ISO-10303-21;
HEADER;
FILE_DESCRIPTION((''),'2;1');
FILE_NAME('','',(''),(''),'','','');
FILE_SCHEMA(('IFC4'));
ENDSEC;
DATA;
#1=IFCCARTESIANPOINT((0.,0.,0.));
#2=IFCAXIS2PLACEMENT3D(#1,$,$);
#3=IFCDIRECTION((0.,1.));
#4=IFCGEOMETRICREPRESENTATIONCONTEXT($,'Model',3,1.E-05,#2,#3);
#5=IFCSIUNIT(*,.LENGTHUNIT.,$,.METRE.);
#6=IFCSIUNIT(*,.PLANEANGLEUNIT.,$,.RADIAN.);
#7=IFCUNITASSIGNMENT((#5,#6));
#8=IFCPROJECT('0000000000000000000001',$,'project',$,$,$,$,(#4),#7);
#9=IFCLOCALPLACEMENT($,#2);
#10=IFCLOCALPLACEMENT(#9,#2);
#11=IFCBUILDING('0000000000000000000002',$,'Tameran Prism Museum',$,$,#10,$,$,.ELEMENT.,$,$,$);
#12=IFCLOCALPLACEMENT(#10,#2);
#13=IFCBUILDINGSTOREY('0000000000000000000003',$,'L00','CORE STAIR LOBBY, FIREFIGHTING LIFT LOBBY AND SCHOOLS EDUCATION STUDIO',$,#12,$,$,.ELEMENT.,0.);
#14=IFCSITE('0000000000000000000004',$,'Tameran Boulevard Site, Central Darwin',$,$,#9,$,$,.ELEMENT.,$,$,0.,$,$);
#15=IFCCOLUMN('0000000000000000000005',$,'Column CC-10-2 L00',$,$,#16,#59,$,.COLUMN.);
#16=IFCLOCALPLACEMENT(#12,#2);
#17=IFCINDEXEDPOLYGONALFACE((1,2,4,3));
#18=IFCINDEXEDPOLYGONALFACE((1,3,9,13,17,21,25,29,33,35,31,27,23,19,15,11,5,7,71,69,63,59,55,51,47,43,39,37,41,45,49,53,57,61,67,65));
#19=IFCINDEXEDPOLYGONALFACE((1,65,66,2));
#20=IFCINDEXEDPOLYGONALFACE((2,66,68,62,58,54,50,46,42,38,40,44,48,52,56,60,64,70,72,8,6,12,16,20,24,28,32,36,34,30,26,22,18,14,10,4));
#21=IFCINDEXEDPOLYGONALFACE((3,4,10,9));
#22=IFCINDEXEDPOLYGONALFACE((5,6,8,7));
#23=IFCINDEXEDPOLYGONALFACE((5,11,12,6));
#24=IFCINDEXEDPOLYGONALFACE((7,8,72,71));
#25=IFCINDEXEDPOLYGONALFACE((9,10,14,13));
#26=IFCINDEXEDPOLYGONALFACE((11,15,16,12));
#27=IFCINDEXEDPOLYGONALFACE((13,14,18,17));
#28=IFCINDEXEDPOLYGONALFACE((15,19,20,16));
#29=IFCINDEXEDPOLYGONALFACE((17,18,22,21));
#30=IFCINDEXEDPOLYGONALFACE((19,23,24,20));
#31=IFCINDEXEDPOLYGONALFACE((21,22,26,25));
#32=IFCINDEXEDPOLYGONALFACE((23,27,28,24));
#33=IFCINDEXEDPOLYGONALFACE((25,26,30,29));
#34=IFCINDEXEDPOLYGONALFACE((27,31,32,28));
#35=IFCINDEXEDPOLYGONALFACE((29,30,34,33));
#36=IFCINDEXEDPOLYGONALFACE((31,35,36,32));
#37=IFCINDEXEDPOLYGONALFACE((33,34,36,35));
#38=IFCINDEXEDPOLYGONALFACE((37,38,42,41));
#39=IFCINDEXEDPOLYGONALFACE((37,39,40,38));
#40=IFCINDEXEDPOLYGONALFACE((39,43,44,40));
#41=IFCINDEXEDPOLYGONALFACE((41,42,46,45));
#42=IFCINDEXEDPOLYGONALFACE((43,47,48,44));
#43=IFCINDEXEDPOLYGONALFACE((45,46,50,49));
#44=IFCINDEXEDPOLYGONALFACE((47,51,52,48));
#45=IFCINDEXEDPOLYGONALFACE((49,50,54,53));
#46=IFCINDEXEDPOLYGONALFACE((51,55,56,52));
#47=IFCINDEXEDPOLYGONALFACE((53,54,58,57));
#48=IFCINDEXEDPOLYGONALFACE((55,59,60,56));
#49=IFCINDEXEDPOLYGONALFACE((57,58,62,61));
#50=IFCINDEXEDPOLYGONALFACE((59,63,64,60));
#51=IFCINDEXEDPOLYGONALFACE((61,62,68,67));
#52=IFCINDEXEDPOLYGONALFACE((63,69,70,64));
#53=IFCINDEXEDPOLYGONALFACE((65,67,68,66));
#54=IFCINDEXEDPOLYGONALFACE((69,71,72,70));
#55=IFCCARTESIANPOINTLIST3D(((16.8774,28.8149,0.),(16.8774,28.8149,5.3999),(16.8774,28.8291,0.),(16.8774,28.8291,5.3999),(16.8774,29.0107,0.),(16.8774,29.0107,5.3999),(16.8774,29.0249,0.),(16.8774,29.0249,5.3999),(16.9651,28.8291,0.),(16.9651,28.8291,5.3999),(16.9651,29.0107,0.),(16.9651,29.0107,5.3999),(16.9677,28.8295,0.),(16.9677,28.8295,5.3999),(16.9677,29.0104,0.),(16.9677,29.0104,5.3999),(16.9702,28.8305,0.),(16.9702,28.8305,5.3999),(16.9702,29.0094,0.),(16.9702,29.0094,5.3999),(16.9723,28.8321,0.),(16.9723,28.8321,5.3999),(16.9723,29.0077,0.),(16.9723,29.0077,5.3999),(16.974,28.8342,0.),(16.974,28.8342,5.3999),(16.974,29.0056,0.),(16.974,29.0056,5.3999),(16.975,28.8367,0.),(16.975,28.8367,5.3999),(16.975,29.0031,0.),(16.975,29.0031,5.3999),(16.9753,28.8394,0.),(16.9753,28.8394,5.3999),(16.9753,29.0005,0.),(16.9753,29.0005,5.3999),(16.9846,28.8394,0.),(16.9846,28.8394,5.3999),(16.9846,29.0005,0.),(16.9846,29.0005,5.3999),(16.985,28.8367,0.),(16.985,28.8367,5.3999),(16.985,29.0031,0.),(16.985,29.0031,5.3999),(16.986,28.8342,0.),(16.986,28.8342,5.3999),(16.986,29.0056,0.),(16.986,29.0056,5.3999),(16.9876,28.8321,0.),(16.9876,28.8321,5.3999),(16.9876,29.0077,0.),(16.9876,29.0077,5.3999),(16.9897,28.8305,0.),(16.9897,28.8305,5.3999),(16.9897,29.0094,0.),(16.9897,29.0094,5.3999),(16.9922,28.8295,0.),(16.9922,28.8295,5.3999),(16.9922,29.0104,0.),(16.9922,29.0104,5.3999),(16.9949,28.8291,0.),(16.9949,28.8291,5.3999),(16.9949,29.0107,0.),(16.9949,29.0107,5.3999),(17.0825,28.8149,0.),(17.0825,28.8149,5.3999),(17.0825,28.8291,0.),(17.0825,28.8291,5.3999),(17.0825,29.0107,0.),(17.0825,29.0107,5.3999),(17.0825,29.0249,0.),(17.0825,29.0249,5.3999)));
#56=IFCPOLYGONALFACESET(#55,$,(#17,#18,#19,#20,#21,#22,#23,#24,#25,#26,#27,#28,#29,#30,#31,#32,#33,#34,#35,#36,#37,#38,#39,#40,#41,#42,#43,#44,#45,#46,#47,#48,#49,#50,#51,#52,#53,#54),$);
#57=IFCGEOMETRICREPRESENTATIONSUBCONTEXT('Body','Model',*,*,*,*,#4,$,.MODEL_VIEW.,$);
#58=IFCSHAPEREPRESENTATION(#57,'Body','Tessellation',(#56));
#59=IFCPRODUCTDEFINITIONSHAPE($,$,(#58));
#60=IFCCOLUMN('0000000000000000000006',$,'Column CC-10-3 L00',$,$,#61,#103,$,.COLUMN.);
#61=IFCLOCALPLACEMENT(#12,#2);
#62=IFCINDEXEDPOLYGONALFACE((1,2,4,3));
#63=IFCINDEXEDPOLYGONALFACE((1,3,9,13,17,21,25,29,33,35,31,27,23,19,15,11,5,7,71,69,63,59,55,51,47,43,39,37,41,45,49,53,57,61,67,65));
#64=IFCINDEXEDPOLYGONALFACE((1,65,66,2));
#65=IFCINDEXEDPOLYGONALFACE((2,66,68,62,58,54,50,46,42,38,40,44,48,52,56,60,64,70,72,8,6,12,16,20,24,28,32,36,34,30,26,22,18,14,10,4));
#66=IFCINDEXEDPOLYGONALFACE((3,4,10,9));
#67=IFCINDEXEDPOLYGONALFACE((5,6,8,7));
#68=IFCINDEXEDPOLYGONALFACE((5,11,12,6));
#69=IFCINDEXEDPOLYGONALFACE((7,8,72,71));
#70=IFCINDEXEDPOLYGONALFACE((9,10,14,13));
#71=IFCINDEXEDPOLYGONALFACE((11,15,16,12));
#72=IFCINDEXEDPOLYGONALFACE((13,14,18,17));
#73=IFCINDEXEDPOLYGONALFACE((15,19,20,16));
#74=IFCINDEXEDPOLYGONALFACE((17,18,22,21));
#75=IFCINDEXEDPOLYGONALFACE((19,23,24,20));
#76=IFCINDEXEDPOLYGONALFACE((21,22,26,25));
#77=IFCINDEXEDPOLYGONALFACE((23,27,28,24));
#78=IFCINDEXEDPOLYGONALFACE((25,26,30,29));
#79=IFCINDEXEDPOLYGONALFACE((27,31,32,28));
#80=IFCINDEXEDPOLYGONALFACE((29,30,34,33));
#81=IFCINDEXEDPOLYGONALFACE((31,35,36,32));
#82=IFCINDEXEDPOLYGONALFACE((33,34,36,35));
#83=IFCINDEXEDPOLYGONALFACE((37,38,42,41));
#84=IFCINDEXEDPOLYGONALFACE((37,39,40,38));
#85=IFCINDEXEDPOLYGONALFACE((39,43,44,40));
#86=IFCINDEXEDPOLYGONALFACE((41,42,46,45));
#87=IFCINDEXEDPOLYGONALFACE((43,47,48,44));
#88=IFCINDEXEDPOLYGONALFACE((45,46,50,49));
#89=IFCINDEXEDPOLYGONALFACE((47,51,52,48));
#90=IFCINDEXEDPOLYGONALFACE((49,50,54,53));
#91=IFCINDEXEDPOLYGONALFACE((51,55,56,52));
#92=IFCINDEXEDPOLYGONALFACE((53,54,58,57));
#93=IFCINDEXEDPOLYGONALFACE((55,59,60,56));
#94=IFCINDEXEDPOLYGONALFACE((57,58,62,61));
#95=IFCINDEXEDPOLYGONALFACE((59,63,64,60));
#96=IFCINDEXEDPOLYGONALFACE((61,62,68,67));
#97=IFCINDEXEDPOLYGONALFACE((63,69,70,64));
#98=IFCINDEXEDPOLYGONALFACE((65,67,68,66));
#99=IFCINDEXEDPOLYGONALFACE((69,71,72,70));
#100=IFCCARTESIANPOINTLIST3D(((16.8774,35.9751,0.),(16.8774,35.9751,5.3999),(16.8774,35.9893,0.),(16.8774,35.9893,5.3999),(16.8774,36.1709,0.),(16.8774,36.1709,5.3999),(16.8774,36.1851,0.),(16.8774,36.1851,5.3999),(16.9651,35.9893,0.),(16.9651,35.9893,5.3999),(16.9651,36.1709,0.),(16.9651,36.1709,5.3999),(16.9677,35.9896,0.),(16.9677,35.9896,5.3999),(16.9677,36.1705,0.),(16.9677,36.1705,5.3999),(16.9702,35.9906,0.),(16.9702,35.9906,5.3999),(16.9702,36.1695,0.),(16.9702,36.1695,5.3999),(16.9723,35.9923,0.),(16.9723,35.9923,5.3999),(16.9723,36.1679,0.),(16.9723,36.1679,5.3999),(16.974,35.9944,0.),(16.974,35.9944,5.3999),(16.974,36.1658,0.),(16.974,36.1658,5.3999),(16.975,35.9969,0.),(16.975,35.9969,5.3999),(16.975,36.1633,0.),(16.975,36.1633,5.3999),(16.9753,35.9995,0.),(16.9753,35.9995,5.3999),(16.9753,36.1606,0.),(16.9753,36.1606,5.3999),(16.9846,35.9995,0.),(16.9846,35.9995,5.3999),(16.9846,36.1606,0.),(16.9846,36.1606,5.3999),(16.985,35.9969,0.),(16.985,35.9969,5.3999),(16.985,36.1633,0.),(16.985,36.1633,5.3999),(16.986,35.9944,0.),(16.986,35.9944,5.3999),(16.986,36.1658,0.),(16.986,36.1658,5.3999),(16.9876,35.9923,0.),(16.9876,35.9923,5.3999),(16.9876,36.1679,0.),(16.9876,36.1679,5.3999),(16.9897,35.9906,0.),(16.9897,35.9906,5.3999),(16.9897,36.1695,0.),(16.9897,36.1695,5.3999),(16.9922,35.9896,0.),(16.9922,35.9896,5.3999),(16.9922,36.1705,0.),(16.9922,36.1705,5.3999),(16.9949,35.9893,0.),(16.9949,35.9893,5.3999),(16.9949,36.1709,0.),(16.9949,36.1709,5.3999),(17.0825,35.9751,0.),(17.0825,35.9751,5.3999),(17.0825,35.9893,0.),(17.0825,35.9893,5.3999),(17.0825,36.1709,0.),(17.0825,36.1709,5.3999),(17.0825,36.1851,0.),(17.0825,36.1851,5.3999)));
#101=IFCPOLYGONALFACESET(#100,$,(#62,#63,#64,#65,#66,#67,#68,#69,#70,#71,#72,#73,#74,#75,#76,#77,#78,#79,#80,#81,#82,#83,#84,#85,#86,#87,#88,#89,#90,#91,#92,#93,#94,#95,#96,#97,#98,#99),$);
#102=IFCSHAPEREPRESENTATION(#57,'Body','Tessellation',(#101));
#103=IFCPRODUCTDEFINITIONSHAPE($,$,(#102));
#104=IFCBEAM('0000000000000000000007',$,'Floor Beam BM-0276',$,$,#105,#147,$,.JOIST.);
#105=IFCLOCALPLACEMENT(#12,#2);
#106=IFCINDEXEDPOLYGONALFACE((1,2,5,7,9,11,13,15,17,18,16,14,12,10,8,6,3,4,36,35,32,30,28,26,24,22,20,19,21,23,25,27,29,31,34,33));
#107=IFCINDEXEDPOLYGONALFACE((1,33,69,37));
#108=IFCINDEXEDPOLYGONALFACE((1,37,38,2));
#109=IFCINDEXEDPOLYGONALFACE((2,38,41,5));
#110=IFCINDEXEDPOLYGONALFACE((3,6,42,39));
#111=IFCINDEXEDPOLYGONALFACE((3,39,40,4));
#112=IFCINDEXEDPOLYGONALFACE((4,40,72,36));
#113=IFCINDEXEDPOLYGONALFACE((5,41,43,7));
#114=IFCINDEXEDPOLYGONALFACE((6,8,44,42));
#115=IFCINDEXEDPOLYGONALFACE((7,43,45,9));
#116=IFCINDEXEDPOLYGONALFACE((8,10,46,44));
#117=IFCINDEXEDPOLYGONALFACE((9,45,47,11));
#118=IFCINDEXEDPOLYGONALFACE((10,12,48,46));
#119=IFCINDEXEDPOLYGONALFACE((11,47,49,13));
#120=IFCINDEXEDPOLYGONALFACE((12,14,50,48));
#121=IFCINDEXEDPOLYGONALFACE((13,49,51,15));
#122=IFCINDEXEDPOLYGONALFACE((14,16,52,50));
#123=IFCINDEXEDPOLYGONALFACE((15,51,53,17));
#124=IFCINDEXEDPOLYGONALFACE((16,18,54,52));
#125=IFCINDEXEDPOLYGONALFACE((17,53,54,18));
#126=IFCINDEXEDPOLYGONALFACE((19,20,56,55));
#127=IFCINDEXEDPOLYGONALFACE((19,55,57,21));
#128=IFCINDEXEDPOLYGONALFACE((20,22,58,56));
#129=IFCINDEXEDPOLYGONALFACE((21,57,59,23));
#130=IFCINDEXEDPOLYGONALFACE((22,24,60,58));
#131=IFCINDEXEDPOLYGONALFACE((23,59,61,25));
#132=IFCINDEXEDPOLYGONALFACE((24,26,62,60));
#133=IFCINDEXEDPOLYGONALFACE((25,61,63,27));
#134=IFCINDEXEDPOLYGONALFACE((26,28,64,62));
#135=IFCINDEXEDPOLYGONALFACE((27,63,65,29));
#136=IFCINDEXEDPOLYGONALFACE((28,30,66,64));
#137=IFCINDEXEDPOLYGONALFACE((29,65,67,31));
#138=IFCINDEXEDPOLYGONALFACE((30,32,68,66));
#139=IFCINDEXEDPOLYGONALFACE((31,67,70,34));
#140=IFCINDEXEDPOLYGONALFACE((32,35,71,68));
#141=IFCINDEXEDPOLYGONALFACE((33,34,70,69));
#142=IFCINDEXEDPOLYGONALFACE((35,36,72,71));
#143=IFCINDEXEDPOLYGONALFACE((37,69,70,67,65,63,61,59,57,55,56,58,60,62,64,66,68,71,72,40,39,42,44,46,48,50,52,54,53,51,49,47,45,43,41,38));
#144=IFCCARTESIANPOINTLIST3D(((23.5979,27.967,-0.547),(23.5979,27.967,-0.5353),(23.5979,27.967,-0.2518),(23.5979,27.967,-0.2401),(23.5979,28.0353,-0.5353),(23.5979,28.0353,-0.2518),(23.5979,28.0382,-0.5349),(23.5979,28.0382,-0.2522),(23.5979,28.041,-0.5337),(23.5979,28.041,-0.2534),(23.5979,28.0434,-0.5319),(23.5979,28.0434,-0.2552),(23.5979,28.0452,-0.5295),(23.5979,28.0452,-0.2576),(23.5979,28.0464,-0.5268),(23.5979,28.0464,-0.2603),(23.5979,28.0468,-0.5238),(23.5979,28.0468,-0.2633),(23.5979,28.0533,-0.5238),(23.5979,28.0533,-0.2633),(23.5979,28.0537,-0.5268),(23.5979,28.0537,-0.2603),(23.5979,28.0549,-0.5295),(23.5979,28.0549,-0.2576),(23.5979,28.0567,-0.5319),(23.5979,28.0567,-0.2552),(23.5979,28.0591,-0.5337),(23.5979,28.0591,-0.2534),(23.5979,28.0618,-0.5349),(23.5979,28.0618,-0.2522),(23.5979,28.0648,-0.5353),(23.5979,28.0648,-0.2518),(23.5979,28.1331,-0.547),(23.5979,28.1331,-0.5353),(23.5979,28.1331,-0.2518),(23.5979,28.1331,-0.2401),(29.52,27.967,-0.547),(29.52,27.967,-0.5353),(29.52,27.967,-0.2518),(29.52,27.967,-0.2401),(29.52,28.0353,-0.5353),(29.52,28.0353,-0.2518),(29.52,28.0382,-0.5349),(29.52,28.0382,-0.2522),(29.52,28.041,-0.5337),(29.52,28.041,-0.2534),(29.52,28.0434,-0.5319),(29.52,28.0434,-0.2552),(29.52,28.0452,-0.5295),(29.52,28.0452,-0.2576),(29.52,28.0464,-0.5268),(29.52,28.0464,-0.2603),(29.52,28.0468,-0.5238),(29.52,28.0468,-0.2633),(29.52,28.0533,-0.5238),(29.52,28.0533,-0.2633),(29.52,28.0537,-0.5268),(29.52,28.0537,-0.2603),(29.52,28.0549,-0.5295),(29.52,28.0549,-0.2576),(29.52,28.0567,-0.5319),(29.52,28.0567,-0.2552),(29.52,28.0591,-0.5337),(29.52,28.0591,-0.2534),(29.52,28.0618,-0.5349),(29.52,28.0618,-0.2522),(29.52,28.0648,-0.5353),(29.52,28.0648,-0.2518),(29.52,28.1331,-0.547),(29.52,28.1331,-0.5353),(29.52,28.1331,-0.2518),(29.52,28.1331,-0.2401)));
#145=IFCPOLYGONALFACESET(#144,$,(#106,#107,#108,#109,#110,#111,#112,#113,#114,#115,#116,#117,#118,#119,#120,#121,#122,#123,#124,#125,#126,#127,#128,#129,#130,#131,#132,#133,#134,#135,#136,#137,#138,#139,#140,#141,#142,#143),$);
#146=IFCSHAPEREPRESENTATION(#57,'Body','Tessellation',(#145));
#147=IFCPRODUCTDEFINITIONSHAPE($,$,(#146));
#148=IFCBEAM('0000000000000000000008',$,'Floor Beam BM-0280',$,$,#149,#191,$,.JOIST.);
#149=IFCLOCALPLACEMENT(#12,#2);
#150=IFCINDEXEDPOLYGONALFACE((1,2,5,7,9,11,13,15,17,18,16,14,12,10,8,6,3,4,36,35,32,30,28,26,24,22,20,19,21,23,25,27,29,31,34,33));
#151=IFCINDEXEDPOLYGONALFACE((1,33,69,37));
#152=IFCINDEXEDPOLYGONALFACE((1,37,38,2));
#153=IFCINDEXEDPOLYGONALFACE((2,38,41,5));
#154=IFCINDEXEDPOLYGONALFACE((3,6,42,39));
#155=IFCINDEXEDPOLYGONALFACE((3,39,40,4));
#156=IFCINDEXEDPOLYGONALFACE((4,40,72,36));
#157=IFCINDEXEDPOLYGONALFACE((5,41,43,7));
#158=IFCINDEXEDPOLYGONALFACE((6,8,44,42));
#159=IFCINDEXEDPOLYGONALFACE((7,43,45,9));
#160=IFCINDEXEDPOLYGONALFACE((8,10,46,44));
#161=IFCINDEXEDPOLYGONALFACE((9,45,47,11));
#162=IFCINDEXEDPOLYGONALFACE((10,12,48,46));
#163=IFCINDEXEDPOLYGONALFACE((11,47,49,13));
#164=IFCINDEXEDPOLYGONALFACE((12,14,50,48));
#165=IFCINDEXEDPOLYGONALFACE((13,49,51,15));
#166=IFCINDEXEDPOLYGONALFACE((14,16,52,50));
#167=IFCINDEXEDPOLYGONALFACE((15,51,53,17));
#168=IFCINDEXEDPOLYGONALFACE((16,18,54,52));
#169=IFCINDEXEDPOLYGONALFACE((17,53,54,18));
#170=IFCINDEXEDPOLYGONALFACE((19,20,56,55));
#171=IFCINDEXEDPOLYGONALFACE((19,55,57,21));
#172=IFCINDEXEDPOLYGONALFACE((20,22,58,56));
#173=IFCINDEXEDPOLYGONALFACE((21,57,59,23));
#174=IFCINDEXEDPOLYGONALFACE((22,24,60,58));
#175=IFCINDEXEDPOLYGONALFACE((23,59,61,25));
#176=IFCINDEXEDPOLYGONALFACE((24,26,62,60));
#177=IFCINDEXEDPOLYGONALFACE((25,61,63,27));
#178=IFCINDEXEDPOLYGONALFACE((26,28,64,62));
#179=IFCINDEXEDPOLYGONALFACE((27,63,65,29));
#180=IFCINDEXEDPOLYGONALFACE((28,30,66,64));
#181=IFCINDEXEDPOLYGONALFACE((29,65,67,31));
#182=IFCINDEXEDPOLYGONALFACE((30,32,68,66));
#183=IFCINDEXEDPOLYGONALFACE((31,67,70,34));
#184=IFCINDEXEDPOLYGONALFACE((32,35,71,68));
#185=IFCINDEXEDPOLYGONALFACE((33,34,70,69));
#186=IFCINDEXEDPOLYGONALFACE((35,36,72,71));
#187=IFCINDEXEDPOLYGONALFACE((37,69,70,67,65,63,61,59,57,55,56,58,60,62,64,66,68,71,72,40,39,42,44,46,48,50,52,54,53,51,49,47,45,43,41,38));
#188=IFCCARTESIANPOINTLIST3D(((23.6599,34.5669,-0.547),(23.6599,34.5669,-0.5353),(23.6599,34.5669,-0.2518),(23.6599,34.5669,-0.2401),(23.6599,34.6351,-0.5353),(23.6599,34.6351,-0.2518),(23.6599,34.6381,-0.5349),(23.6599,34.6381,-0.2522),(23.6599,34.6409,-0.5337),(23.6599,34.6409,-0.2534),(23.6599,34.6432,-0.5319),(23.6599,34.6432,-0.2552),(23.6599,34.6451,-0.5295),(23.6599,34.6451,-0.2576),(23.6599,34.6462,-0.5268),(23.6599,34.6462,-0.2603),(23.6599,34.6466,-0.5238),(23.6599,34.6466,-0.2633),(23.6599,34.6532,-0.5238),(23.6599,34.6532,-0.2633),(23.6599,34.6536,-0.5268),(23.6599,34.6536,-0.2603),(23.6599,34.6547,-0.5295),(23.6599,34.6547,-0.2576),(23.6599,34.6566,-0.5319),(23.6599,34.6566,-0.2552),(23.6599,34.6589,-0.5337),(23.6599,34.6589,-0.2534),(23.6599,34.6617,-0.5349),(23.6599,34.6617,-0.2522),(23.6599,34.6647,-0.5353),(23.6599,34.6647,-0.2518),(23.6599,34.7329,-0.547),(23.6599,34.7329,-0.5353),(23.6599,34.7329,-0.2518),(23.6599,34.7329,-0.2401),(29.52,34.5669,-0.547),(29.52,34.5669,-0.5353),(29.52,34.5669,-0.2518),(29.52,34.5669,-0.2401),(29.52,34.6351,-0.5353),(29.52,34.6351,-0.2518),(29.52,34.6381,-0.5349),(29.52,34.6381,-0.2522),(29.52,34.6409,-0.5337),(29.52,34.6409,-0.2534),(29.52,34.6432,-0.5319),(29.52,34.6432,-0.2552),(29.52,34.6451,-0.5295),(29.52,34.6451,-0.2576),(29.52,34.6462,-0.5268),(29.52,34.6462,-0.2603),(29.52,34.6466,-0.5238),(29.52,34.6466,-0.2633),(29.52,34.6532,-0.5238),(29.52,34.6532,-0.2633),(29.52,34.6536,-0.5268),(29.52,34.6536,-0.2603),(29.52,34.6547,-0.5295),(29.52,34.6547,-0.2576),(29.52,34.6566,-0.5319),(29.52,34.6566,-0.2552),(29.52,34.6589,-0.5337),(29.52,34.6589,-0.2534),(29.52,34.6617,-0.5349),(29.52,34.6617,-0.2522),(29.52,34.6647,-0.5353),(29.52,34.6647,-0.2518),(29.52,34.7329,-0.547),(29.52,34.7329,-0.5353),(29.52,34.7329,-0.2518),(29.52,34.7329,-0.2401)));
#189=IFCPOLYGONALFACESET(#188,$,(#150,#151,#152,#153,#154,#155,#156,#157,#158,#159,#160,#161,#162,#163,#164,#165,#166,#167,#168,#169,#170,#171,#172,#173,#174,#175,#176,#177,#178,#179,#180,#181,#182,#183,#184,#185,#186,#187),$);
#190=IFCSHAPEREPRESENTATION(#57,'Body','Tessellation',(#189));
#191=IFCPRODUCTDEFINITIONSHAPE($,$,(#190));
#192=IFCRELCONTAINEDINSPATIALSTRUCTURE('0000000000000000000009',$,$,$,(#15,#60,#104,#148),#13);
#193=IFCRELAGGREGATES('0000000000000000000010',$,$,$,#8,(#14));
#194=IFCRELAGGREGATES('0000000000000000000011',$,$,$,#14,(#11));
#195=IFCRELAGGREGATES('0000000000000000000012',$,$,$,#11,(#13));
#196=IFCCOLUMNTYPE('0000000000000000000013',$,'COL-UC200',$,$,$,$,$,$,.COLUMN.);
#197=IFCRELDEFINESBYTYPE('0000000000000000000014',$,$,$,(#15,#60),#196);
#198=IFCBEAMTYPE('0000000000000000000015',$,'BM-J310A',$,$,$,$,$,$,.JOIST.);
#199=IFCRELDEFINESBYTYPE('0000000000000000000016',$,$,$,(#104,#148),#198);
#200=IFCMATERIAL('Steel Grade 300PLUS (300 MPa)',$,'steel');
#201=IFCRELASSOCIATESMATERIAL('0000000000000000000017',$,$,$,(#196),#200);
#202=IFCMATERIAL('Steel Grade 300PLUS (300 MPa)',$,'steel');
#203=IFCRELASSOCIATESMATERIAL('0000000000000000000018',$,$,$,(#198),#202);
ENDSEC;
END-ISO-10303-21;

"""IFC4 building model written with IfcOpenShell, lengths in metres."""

from ifc_helpers import new_model, si_unit, direction, frame, origin, origin_2d, place, context, subcontext, project, spatial, i_section, extrude, material, material_profile, profile_set, type_object, element, save


model = new_model("IFC4")

# Units and contexts
model_context = context("Model", 3, precision=1e-05, world=origin(), true_north=direction((0.0, 1.0)))
body_context = subcontext(model_context, "Body", "Model", "MODEL_VIEW")
ifc_project = project(units=[si_unit("LENGTHUNIT", "METRE"), si_unit("PLANEANGLEUNIT", "RADIAN")], contexts=[model_context])

# Site, building, storey
site_placement = place(None, origin())
site = spatial("IfcSite", under=ifc_project, at=site_placement, Name="Tameran Boulevard Site, Central Darwin", CompositionType="ELEMENT", RefElevation=0.0)
building_placement = place(site_placement, origin())
building = spatial("IfcBuilding", under=site, at=building_placement, Name="Tameran Prism Museum", CompositionType="ELEMENT")
storey_placement = place(building_placement, origin())
storey = spatial("IfcBuildingStorey", under=building, at=storey_placement, Name="L00", Description="CORE STAIR LOBBY, FIREFIGHTING LIFT LOBBY AND SCHOOLS EDUCATION STUDIO", CompositionType="ELEMENT", Elevation=0.0)

# Columns
ifc_material_1 = material(Name="Steel Grade 300PLUS (300 MPa)", Category="steel")
ifc_material_profile_1 = material_profile(ifc_material_1, i_section(OverallWidth=0.2051, OverallDepth=0.21, WebThickness=0.0093, FlangeThickness=0.0142, FilletRadius=0.0103, at=origin_2d()))
ifc_profile_set_1 = profile_set([ifc_material_profile_1])
column_type = type_object("IfcColumnType", Name="COL-UC200", PredefinedType="COLUMN", material=ifc_profile_set_1)
for number, where, z_axis, x_axis, name in (
    (1, (16.98, 28.9199, 0.0), (0.0, 0.0, 1.0), (1.0, 0.0, 0.0), "Column CC-10-2 L00"),
    (2, (16.98, 36.0801, 0.0), (0.0, 0.0, 1.0), (1.0, 0.0, 0.0), "Column CC-10-3 L00"),
):
    element("IfcColumn", number, at=place(storey_placement, frame(where, z_axis=z_axis, x_axis=x_axis)), inside=storey, type_object=column_type, Name=name, PredefinedType="COLUMN", context=body_context, shape_type="SweptSolid", body=[
        extrude(i_section(OverallWidth=0.2051, OverallDepth=0.21, WebThickness=0.0093, FlangeThickness=0.0142, FilletRadius=0.0103, at=origin_2d()), origin(), (0.0, 0.0, 1.0), 5.3999),
    ])

# Beams
ifc_material_2 = material(Name="Steel Grade 300PLUS (300 MPa)", Category="steel")
ifc_material_profile_2 = material_profile(ifc_material_2, i_section(OverallWidth=0.166, OverallDepth=0.3069, WebThickness=0.0066, FlangeThickness=0.0117, FilletRadius=0.0115, at=origin_2d()))
ifc_profile_set_2 = profile_set([ifc_material_profile_2])
beam_type_1 = type_object("IfcBeamType", Name="BM-J310A", PredefinedType="JOIST", material=ifc_profile_set_2)
beam_1_placement = place(storey_placement, frame((23.5979, 28.05, -0.3936), z_axis=(1.0, 0.0, 0.0), x_axis=(0.0, 1.0, 0.0)))
element("IfcBeam", 3, at=beam_1_placement, inside=storey, type_object=beam_type_1, Name="Floor Beam BM-0276", PredefinedType="JOIST", context=body_context, shape_type="SweptSolid", body=[
    extrude(i_section(OverallWidth=0.166, OverallDepth=0.3069, WebThickness=0.0066, FlangeThickness=0.0117, FilletRadius=0.0115, at=origin_2d()), origin(), (0.0, 0.0, 1.0), 5.9221),
])
beam_2_placement = place(storey_placement, frame((23.6599, 34.6499, -0.3936), z_axis=(1.0, 0.0, 0.0), x_axis=(0.0, 1.0, 0.0)))
element("IfcBeam", 4, at=beam_2_placement, inside=storey, type_object=beam_type_1, Name="Floor Beam BM-0280", PredefinedType="JOIST", context=body_context, shape_type="SweptSolid", body=[
    extrude(i_section(OverallWidth=0.166, OverallDepth=0.3069, WebThickness=0.0066, FlangeThickness=0.0117, FilletRadius=0.0115, at=origin_2d()), origin(), (0.0, 0.0, 1.0), 5.8601),
])

save(model, "model.ifc")
